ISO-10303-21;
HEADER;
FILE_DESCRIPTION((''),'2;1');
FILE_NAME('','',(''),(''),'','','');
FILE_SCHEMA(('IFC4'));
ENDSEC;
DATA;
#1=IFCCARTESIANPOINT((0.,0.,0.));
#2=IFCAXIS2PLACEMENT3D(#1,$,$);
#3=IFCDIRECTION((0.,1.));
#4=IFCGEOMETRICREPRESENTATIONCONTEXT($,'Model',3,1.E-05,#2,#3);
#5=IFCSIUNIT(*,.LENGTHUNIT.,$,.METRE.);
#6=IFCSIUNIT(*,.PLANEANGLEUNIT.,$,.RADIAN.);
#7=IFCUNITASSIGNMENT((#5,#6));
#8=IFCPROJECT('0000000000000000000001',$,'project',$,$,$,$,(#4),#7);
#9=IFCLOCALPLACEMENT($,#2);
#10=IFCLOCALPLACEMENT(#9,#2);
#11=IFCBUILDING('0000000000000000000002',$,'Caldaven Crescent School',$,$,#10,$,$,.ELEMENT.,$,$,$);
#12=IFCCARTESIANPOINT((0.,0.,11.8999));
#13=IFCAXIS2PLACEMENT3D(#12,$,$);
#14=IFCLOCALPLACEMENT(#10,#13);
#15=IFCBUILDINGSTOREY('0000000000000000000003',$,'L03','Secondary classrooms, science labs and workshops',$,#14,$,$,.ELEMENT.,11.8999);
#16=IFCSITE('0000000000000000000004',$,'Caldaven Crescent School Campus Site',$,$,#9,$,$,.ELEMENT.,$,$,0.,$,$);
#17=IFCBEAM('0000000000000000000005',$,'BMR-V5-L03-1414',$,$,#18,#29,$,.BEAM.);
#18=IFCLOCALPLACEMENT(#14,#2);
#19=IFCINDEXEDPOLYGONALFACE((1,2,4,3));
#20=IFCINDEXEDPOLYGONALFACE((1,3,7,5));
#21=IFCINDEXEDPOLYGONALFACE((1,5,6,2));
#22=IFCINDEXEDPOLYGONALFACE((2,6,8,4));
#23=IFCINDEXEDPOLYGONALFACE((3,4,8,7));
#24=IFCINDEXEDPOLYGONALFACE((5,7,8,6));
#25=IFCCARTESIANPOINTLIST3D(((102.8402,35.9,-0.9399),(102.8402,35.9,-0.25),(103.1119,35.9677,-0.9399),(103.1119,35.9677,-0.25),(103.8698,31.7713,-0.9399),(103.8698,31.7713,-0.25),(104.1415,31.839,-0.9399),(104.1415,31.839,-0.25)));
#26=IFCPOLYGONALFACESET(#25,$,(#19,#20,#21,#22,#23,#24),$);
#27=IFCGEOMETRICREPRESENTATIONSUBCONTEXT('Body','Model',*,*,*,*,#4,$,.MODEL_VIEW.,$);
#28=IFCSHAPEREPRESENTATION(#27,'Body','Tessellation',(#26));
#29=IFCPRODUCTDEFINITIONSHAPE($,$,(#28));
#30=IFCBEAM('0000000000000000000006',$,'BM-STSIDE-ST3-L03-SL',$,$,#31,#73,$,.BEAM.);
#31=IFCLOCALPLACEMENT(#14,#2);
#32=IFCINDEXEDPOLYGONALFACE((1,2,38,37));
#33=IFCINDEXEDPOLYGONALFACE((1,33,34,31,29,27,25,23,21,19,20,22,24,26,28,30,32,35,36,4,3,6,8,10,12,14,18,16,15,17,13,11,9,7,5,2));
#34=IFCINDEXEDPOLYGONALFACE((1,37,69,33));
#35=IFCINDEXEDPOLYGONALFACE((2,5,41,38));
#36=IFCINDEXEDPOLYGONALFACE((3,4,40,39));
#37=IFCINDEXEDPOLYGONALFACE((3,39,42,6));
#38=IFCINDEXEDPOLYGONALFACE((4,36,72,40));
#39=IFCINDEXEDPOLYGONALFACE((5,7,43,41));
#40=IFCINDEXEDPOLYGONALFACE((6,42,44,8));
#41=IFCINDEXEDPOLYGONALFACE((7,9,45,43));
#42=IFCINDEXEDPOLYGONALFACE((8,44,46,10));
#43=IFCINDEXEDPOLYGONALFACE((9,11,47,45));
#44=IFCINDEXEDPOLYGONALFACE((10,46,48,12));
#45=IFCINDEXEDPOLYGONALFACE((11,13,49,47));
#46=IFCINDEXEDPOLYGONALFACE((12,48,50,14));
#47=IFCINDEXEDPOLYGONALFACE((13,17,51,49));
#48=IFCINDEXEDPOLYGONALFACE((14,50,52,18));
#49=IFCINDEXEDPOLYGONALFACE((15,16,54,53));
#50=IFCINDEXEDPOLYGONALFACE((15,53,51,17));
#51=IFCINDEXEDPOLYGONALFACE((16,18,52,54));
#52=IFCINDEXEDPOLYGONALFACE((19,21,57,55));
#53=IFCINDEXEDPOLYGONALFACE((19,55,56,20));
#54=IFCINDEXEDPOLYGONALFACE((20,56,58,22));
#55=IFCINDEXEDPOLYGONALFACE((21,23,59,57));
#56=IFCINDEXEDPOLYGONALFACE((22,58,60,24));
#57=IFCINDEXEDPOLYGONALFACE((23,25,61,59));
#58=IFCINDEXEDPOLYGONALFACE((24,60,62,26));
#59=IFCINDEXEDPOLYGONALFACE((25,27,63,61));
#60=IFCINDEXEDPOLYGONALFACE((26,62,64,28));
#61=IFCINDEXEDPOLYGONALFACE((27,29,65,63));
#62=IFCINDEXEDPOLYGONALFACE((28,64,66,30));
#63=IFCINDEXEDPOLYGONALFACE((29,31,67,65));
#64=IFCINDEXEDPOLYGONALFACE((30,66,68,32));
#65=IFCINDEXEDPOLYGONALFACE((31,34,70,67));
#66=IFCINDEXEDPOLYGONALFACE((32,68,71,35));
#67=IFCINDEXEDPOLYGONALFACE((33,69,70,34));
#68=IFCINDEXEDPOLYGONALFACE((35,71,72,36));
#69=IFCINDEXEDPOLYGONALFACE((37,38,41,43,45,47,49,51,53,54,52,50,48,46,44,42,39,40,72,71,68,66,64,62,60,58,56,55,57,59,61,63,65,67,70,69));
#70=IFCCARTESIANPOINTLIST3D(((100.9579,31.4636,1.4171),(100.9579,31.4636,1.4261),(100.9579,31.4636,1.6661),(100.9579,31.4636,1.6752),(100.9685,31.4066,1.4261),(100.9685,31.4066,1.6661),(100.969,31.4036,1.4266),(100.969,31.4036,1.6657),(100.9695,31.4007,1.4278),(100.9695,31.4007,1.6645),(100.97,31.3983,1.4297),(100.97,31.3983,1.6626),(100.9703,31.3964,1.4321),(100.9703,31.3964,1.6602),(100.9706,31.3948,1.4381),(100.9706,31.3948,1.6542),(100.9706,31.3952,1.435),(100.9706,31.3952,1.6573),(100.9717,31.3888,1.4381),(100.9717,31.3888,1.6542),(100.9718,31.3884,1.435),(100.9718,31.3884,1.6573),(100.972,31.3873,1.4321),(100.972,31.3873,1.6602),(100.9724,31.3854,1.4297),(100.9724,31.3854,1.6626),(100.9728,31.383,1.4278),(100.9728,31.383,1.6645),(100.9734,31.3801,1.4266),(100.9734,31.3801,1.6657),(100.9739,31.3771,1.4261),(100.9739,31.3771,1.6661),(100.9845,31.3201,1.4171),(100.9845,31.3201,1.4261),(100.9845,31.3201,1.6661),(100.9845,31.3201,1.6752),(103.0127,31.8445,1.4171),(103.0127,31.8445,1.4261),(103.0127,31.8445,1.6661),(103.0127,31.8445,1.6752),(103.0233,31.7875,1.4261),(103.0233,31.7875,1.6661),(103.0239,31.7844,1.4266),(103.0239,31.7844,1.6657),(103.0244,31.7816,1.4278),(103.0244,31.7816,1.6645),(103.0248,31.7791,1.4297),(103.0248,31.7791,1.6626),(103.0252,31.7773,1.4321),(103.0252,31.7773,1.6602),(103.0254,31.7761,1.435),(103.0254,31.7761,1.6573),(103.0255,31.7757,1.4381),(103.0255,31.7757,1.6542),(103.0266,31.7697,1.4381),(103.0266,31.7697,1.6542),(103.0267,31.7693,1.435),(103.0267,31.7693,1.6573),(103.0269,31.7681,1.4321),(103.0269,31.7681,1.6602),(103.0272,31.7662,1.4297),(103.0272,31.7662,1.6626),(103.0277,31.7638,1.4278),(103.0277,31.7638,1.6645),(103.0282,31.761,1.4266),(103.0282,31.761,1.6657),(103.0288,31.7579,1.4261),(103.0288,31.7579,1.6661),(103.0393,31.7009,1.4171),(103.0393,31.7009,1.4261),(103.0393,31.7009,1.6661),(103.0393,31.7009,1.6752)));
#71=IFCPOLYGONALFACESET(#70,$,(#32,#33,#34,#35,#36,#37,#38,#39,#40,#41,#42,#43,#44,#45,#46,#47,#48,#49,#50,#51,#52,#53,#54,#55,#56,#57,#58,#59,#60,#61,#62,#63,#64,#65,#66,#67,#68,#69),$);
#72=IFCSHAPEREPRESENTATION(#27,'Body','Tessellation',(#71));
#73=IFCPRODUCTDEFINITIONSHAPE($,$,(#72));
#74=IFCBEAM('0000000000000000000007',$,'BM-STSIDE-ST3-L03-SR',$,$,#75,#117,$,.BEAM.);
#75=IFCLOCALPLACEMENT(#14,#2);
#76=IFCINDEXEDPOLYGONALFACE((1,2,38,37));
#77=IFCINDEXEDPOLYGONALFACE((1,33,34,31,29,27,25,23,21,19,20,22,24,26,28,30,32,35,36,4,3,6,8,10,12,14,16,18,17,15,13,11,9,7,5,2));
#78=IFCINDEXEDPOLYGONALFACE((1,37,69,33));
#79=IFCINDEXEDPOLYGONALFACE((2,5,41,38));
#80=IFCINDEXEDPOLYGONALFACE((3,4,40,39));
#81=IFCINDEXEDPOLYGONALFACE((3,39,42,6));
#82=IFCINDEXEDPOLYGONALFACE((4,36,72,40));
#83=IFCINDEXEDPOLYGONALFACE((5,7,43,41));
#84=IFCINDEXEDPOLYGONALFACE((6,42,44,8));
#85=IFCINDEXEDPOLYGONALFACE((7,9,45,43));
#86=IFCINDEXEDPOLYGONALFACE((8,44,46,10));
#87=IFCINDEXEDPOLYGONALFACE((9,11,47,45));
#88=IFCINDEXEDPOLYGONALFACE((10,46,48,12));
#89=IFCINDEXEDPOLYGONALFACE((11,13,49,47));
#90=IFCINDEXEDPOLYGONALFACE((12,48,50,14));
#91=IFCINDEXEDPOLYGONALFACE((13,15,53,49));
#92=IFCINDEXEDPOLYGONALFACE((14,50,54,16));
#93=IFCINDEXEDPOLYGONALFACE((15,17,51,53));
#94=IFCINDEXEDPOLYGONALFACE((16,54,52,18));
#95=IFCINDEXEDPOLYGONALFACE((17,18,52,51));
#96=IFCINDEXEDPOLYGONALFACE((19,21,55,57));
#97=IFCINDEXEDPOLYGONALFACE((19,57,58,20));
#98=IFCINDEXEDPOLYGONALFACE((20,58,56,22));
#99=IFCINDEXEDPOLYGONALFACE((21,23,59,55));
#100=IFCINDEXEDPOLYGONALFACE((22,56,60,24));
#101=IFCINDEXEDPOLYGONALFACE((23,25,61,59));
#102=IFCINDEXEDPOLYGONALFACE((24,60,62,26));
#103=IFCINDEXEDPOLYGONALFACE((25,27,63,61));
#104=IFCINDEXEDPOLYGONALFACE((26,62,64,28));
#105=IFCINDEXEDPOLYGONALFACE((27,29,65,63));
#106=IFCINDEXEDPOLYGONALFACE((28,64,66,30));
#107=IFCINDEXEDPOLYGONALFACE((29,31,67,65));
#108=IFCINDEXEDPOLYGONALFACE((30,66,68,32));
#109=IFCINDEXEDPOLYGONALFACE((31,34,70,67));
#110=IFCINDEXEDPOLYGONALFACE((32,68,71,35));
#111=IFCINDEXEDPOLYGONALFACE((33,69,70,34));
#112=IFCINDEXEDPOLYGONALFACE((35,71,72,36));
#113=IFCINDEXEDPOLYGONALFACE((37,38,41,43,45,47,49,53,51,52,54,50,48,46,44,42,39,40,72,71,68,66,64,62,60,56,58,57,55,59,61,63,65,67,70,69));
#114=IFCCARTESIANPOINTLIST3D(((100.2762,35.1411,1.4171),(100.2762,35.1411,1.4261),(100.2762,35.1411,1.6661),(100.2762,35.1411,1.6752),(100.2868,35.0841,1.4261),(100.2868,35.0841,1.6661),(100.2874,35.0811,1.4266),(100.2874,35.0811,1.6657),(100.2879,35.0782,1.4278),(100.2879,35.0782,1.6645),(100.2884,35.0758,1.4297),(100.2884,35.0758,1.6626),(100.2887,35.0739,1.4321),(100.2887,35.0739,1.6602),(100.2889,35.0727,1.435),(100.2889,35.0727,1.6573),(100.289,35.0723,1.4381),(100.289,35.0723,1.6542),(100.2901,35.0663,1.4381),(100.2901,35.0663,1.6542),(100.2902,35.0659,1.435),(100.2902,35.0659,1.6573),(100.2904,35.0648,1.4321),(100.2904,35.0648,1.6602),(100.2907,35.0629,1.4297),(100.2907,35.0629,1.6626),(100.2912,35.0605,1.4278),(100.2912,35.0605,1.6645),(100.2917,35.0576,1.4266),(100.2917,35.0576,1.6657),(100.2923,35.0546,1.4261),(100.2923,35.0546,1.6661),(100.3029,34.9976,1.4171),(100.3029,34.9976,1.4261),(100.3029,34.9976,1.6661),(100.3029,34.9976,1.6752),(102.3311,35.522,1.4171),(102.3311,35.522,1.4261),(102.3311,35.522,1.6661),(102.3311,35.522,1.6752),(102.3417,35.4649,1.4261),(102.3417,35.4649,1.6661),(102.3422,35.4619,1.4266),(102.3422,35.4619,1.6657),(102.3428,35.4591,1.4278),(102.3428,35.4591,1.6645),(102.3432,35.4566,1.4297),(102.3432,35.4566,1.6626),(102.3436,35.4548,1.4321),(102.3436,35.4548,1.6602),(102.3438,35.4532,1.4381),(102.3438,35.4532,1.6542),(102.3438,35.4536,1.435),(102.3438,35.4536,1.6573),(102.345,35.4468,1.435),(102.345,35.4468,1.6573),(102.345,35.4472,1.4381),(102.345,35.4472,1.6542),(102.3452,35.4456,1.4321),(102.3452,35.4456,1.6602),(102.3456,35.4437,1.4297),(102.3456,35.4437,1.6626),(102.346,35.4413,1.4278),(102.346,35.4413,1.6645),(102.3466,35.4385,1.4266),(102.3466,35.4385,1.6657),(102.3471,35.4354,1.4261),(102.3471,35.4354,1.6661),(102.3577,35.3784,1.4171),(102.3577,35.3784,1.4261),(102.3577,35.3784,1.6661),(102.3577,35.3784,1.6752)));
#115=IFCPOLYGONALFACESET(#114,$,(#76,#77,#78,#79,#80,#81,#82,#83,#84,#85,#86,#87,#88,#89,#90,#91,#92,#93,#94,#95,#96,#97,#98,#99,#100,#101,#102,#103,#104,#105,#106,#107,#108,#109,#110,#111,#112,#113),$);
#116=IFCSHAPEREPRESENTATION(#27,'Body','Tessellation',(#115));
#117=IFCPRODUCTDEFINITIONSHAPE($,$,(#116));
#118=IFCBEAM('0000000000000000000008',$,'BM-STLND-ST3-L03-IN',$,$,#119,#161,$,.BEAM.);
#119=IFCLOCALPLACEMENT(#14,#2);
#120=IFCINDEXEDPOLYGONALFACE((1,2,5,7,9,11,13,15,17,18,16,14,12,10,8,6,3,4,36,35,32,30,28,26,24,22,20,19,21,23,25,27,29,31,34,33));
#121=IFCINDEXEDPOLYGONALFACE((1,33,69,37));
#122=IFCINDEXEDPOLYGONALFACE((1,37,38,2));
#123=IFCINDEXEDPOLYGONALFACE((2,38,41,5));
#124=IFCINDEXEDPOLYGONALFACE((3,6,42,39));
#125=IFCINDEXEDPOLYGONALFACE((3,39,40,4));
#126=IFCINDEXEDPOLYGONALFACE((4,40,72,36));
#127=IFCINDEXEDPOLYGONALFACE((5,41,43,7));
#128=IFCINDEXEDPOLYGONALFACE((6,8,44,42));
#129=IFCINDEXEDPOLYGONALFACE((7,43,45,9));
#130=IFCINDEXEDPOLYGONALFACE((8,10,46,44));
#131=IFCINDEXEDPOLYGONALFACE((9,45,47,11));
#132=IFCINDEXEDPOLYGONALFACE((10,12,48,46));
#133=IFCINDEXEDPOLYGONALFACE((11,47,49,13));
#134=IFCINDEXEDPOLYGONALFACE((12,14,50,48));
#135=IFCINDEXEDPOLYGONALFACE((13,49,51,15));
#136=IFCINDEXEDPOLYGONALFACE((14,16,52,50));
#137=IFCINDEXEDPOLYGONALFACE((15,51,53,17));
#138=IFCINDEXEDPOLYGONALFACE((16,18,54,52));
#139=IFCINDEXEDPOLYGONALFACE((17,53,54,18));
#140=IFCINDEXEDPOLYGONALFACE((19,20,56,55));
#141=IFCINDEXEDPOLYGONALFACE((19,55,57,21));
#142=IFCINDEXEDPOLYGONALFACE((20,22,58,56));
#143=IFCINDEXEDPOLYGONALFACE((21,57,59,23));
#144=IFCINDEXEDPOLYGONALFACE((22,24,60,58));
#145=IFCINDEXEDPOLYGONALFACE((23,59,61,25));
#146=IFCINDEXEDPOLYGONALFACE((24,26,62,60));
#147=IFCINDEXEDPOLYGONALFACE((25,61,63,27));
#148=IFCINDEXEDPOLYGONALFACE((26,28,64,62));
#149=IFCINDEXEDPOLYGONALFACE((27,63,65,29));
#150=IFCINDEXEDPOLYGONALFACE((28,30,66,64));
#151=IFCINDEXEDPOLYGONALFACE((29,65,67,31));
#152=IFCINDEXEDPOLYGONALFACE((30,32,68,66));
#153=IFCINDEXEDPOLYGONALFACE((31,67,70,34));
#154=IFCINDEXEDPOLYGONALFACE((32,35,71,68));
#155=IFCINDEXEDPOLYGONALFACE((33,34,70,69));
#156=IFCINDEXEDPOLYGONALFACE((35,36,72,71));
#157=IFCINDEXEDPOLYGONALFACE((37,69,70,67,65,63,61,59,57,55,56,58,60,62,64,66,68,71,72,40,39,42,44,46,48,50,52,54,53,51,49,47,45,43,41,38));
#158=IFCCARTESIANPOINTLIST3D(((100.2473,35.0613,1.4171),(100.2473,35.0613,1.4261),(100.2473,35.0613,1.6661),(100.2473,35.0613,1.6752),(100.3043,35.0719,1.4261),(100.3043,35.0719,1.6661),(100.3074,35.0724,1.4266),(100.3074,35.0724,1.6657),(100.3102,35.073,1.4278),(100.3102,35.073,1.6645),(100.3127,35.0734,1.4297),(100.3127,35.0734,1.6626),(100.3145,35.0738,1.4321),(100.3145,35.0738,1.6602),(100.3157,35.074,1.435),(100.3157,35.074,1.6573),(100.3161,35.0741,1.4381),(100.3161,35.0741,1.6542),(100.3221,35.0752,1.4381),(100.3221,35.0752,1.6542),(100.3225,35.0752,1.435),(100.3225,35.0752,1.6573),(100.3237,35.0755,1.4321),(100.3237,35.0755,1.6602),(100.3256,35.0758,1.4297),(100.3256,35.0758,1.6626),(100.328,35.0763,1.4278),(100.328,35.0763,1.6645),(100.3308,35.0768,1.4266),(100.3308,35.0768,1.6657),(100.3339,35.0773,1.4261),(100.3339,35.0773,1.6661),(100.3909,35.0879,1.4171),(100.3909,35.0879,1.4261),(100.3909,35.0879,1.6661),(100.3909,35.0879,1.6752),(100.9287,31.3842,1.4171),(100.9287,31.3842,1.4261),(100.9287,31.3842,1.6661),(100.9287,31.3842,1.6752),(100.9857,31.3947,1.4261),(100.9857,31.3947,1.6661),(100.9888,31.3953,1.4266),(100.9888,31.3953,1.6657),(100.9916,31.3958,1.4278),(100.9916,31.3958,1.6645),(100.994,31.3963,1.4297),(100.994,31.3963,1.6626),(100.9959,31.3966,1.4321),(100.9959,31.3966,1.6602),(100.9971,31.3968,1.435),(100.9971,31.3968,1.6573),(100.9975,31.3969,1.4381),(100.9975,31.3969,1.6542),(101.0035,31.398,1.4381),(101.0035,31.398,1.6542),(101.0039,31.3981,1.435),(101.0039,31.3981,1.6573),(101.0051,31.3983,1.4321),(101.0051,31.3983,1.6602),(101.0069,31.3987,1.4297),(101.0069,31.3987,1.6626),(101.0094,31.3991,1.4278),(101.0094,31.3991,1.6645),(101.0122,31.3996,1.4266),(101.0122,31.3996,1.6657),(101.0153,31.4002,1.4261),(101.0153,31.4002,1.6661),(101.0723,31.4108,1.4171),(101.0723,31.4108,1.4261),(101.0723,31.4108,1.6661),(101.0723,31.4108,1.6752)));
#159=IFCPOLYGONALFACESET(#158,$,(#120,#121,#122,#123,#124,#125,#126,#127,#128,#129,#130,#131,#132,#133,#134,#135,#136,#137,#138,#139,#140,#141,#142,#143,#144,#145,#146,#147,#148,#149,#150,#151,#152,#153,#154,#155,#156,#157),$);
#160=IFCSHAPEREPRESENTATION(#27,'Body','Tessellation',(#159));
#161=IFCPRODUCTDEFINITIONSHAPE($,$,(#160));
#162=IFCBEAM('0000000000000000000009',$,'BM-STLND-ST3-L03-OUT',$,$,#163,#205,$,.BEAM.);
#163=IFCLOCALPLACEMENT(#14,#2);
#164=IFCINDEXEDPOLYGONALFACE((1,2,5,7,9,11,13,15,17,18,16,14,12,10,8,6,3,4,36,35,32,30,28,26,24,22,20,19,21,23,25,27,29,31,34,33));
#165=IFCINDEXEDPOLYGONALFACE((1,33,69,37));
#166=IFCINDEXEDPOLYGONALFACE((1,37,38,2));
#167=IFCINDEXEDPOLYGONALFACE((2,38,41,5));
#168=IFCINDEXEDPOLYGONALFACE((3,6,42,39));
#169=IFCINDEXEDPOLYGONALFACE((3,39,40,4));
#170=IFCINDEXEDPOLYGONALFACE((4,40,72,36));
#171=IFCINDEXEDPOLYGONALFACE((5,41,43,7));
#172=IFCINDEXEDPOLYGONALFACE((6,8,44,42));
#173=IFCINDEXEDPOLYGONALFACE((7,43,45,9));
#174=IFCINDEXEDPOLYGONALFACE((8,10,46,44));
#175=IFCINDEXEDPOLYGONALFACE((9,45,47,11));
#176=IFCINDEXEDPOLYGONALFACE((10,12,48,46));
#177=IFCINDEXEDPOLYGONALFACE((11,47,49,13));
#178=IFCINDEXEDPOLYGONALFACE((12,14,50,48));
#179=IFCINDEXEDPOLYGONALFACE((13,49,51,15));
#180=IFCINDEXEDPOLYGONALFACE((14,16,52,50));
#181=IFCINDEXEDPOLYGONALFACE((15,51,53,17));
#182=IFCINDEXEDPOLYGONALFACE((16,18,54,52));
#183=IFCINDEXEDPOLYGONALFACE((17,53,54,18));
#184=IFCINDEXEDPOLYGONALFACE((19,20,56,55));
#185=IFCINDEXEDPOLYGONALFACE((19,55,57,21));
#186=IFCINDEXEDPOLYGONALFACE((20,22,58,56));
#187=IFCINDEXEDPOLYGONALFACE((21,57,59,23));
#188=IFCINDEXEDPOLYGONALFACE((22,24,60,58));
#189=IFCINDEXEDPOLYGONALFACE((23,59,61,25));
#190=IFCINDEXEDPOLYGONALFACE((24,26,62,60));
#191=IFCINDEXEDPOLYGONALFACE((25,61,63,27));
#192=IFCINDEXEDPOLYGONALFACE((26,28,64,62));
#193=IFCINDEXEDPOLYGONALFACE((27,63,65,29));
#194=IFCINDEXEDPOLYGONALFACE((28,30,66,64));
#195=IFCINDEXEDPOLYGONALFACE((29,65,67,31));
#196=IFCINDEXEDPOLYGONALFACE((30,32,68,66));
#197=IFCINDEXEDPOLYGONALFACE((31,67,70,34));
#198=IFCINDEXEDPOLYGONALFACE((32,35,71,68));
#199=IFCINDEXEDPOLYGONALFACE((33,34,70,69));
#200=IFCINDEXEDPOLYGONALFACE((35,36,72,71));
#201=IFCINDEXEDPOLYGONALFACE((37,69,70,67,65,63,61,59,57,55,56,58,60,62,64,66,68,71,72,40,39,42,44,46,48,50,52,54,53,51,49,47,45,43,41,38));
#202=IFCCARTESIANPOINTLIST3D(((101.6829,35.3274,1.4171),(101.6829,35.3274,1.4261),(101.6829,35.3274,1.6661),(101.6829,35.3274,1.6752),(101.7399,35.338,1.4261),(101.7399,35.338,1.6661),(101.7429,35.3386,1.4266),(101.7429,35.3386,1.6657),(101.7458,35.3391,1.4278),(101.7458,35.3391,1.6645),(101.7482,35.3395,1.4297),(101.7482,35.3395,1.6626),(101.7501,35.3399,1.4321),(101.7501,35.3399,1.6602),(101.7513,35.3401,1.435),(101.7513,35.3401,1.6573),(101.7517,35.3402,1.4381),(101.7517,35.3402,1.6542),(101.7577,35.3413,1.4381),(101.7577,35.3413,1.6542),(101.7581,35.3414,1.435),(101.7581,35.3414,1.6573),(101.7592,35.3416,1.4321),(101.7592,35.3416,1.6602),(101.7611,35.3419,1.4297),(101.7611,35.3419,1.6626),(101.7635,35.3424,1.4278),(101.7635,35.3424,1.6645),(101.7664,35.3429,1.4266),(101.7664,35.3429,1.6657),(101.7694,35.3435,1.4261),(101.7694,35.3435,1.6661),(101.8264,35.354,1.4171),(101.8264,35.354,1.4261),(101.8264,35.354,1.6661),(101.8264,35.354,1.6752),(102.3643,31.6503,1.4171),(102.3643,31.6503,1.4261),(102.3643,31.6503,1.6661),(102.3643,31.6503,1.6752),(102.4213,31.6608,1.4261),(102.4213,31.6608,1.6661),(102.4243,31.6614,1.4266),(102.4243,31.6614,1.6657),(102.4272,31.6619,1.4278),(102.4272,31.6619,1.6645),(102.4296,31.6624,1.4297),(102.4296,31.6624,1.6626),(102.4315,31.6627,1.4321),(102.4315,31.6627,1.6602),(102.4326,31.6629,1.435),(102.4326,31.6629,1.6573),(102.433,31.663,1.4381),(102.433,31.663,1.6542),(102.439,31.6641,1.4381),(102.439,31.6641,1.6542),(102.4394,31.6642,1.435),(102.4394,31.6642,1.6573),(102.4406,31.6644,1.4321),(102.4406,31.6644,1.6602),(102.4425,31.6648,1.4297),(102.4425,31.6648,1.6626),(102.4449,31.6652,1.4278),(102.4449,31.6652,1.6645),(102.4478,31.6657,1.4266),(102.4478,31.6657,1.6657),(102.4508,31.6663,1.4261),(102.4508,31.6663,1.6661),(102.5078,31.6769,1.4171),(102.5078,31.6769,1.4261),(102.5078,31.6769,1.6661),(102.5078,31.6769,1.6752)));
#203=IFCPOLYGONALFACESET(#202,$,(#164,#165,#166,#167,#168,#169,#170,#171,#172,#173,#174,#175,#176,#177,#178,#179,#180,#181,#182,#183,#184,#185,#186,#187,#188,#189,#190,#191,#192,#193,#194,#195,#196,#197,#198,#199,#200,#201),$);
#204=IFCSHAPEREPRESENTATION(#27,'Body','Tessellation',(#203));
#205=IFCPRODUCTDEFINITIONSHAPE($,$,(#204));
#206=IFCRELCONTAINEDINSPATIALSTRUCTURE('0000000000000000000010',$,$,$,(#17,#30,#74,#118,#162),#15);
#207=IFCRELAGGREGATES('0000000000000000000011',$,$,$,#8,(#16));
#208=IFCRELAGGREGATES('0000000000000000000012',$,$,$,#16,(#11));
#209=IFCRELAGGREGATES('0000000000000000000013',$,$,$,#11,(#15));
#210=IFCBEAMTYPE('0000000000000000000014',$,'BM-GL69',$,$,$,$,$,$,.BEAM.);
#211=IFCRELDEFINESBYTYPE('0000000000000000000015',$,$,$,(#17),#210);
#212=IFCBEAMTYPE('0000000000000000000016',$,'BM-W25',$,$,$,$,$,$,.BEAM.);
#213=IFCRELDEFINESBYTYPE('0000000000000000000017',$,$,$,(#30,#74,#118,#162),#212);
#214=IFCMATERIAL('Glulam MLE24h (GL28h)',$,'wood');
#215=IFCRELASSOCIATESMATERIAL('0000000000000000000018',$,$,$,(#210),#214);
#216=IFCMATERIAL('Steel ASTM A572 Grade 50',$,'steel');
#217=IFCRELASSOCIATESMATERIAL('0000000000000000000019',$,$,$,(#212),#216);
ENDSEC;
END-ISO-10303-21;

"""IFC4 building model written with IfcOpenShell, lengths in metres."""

from ifc_helpers import new_model, si_unit, direction, frame, origin, origin_2d, place, context, subcontext, project, spatial, rectangle, i_section, extrude, material, material_profile, profile_set, type_object, element, save


model = new_model("IFC4")

# Units and contexts
model_context = context("Model", 3, precision=1e-05, world=origin(), true_north=direction((0.0, 1.0)))
body_context = subcontext(model_context, "Body", "Model", "MODEL_VIEW")
ifc_project = project(units=[si_unit("LENGTHUNIT", "METRE"), si_unit("PLANEANGLEUNIT", "RADIAN")], contexts=[model_context])

# Site, building, storey
site_placement = place(None, origin())
site = spatial("IfcSite", under=ifc_project, at=site_placement, Name="Caldaven Crescent School Campus Site", CompositionType="ELEMENT", RefElevation=0.0)
building_placement = place(site_placement, origin())
building = spatial("IfcBuilding", under=site, at=building_placement, Name="Caldaven Crescent School", CompositionType="ELEMENT")
storey_placement = place(building_placement, frame((0.0, 0.0, 11.8999)))
storey = spatial("IfcBuildingStorey", under=building, at=storey_placement, Name="L03", Description="Secondary classrooms, science labs and workshops", CompositionType="ELEMENT", Elevation=11.8999)

# Shared definitions
ifc_material_1 = material(Name="Glulam MLE24h (GL28h)", Category="wood")
ifc_material_2 = material(Name="Steel ASTM A572 Grade 50", Category="steel")

# Beams
ifc_material_profile_1 = material_profile(ifc_material_1, rectangle(XDim=0.28, YDim=0.6899, at=origin_2d()), Name="MLE 280x690")
ifc_profile_set_1 = profile_set([ifc_material_profile_1], Name="Glulam MLE24h (GL28h)")
beam_type_1 = type_object("IfcBeamType", Name="BM-GL69", PredefinedType="BEAM", material=ifc_profile_set_1)
beam_1_placement = place(storey_placement, frame((102.9761, 35.9338, -0.595), z_axis=(0.241955, -0.970287, 0.0), x_axis=(0.970287, 0.241955, 0.0)))
element("IfcBeam", 1, at=beam_1_placement, inside=storey, type_object=beam_type_1, Name="BMR-V5-L03-1414", PredefinedType="BEAM", context=body_context, shape_type="SweptSolid", body=[
    extrude(rectangle(XDim=0.28, YDim=0.6899, at=origin_2d()), origin(), (0.0, 0.0, 1.0), 4.2551),
])
ifc_material_profile_2 = material_profile(ifc_material_2, i_section(OverallWidth=0.146, OverallDepth=0.2581, WebThickness=0.0061, FlangeThickness=0.009, FilletRadius=0.012, at=origin_2d()), Name="W250x33")
ifc_profile_set_2 = profile_set([ifc_material_profile_2], Name="Steel ASTM A572 Grade 50")
beam_type_2 = type_object("IfcBeamType", Name="BM-W25", PredefinedType="BEAM", material=ifc_profile_set_2)
for number, where, z_axis, x_axis, name in (
    (2, (100.9712, 31.3918, 1.5461), (0.983255, 0.182236, 0.0), (-0.182236, 0.983255, 0.0), "BM-STSIDE-ST3-L03-SL"),
    (3, (100.2896, 35.0693, 1.5461), (0.983255, 0.182236, 0.0), (-0.182236, 0.983255, 0.0), "BM-STSIDE-ST3-L03-SR"),
):
    element("IfcBeam", number, at=place(storey_placement, frame(where, z_axis=z_axis, x_axis=x_axis)), inside=storey, type_object=beam_type_2, Name=name, PredefinedType="BEAM", context=body_context, shape_type="SweptSolid", body=[
        extrude(i_section(OverallWidth=0.146, OverallDepth=0.2581, WebThickness=0.0061, FlangeThickness=0.009, FilletRadius=0.012, at=origin_2d()), origin(), (0.0, 0.0, 1.0), 2.0898),
    ])
for number, where, z_axis, x_axis, name in (
    (4, (101.0005, 31.3975, 1.5461), (-0.182199, 0.983262, 0.0), (-0.983262, -0.182199, 0.0), "BM-STLND-ST3-L03-IN"),
    (5, (102.436, 31.6636, 1.5461), (-0.182199, 0.983262, 0.0), (-0.983262, -0.182199, 0.0), "BM-STLND-ST3-L03-OUT"),
):
    element("IfcBeam", number, at=place(storey_placement, frame(where, z_axis=z_axis, x_axis=x_axis)), inside=storey, type_object=beam_type_2, Name=name, PredefinedType="BEAM", context=body_context, shape_type="SweptSolid", body=[
        extrude(i_section(OverallWidth=0.146, OverallDepth=0.2581, WebThickness=0.0061, FlangeThickness=0.009, FilletRadius=0.012, at=origin_2d()), origin(), (0.0, 0.0, 1.0), 3.7397),
    ])

save(model, "model.ifc")
